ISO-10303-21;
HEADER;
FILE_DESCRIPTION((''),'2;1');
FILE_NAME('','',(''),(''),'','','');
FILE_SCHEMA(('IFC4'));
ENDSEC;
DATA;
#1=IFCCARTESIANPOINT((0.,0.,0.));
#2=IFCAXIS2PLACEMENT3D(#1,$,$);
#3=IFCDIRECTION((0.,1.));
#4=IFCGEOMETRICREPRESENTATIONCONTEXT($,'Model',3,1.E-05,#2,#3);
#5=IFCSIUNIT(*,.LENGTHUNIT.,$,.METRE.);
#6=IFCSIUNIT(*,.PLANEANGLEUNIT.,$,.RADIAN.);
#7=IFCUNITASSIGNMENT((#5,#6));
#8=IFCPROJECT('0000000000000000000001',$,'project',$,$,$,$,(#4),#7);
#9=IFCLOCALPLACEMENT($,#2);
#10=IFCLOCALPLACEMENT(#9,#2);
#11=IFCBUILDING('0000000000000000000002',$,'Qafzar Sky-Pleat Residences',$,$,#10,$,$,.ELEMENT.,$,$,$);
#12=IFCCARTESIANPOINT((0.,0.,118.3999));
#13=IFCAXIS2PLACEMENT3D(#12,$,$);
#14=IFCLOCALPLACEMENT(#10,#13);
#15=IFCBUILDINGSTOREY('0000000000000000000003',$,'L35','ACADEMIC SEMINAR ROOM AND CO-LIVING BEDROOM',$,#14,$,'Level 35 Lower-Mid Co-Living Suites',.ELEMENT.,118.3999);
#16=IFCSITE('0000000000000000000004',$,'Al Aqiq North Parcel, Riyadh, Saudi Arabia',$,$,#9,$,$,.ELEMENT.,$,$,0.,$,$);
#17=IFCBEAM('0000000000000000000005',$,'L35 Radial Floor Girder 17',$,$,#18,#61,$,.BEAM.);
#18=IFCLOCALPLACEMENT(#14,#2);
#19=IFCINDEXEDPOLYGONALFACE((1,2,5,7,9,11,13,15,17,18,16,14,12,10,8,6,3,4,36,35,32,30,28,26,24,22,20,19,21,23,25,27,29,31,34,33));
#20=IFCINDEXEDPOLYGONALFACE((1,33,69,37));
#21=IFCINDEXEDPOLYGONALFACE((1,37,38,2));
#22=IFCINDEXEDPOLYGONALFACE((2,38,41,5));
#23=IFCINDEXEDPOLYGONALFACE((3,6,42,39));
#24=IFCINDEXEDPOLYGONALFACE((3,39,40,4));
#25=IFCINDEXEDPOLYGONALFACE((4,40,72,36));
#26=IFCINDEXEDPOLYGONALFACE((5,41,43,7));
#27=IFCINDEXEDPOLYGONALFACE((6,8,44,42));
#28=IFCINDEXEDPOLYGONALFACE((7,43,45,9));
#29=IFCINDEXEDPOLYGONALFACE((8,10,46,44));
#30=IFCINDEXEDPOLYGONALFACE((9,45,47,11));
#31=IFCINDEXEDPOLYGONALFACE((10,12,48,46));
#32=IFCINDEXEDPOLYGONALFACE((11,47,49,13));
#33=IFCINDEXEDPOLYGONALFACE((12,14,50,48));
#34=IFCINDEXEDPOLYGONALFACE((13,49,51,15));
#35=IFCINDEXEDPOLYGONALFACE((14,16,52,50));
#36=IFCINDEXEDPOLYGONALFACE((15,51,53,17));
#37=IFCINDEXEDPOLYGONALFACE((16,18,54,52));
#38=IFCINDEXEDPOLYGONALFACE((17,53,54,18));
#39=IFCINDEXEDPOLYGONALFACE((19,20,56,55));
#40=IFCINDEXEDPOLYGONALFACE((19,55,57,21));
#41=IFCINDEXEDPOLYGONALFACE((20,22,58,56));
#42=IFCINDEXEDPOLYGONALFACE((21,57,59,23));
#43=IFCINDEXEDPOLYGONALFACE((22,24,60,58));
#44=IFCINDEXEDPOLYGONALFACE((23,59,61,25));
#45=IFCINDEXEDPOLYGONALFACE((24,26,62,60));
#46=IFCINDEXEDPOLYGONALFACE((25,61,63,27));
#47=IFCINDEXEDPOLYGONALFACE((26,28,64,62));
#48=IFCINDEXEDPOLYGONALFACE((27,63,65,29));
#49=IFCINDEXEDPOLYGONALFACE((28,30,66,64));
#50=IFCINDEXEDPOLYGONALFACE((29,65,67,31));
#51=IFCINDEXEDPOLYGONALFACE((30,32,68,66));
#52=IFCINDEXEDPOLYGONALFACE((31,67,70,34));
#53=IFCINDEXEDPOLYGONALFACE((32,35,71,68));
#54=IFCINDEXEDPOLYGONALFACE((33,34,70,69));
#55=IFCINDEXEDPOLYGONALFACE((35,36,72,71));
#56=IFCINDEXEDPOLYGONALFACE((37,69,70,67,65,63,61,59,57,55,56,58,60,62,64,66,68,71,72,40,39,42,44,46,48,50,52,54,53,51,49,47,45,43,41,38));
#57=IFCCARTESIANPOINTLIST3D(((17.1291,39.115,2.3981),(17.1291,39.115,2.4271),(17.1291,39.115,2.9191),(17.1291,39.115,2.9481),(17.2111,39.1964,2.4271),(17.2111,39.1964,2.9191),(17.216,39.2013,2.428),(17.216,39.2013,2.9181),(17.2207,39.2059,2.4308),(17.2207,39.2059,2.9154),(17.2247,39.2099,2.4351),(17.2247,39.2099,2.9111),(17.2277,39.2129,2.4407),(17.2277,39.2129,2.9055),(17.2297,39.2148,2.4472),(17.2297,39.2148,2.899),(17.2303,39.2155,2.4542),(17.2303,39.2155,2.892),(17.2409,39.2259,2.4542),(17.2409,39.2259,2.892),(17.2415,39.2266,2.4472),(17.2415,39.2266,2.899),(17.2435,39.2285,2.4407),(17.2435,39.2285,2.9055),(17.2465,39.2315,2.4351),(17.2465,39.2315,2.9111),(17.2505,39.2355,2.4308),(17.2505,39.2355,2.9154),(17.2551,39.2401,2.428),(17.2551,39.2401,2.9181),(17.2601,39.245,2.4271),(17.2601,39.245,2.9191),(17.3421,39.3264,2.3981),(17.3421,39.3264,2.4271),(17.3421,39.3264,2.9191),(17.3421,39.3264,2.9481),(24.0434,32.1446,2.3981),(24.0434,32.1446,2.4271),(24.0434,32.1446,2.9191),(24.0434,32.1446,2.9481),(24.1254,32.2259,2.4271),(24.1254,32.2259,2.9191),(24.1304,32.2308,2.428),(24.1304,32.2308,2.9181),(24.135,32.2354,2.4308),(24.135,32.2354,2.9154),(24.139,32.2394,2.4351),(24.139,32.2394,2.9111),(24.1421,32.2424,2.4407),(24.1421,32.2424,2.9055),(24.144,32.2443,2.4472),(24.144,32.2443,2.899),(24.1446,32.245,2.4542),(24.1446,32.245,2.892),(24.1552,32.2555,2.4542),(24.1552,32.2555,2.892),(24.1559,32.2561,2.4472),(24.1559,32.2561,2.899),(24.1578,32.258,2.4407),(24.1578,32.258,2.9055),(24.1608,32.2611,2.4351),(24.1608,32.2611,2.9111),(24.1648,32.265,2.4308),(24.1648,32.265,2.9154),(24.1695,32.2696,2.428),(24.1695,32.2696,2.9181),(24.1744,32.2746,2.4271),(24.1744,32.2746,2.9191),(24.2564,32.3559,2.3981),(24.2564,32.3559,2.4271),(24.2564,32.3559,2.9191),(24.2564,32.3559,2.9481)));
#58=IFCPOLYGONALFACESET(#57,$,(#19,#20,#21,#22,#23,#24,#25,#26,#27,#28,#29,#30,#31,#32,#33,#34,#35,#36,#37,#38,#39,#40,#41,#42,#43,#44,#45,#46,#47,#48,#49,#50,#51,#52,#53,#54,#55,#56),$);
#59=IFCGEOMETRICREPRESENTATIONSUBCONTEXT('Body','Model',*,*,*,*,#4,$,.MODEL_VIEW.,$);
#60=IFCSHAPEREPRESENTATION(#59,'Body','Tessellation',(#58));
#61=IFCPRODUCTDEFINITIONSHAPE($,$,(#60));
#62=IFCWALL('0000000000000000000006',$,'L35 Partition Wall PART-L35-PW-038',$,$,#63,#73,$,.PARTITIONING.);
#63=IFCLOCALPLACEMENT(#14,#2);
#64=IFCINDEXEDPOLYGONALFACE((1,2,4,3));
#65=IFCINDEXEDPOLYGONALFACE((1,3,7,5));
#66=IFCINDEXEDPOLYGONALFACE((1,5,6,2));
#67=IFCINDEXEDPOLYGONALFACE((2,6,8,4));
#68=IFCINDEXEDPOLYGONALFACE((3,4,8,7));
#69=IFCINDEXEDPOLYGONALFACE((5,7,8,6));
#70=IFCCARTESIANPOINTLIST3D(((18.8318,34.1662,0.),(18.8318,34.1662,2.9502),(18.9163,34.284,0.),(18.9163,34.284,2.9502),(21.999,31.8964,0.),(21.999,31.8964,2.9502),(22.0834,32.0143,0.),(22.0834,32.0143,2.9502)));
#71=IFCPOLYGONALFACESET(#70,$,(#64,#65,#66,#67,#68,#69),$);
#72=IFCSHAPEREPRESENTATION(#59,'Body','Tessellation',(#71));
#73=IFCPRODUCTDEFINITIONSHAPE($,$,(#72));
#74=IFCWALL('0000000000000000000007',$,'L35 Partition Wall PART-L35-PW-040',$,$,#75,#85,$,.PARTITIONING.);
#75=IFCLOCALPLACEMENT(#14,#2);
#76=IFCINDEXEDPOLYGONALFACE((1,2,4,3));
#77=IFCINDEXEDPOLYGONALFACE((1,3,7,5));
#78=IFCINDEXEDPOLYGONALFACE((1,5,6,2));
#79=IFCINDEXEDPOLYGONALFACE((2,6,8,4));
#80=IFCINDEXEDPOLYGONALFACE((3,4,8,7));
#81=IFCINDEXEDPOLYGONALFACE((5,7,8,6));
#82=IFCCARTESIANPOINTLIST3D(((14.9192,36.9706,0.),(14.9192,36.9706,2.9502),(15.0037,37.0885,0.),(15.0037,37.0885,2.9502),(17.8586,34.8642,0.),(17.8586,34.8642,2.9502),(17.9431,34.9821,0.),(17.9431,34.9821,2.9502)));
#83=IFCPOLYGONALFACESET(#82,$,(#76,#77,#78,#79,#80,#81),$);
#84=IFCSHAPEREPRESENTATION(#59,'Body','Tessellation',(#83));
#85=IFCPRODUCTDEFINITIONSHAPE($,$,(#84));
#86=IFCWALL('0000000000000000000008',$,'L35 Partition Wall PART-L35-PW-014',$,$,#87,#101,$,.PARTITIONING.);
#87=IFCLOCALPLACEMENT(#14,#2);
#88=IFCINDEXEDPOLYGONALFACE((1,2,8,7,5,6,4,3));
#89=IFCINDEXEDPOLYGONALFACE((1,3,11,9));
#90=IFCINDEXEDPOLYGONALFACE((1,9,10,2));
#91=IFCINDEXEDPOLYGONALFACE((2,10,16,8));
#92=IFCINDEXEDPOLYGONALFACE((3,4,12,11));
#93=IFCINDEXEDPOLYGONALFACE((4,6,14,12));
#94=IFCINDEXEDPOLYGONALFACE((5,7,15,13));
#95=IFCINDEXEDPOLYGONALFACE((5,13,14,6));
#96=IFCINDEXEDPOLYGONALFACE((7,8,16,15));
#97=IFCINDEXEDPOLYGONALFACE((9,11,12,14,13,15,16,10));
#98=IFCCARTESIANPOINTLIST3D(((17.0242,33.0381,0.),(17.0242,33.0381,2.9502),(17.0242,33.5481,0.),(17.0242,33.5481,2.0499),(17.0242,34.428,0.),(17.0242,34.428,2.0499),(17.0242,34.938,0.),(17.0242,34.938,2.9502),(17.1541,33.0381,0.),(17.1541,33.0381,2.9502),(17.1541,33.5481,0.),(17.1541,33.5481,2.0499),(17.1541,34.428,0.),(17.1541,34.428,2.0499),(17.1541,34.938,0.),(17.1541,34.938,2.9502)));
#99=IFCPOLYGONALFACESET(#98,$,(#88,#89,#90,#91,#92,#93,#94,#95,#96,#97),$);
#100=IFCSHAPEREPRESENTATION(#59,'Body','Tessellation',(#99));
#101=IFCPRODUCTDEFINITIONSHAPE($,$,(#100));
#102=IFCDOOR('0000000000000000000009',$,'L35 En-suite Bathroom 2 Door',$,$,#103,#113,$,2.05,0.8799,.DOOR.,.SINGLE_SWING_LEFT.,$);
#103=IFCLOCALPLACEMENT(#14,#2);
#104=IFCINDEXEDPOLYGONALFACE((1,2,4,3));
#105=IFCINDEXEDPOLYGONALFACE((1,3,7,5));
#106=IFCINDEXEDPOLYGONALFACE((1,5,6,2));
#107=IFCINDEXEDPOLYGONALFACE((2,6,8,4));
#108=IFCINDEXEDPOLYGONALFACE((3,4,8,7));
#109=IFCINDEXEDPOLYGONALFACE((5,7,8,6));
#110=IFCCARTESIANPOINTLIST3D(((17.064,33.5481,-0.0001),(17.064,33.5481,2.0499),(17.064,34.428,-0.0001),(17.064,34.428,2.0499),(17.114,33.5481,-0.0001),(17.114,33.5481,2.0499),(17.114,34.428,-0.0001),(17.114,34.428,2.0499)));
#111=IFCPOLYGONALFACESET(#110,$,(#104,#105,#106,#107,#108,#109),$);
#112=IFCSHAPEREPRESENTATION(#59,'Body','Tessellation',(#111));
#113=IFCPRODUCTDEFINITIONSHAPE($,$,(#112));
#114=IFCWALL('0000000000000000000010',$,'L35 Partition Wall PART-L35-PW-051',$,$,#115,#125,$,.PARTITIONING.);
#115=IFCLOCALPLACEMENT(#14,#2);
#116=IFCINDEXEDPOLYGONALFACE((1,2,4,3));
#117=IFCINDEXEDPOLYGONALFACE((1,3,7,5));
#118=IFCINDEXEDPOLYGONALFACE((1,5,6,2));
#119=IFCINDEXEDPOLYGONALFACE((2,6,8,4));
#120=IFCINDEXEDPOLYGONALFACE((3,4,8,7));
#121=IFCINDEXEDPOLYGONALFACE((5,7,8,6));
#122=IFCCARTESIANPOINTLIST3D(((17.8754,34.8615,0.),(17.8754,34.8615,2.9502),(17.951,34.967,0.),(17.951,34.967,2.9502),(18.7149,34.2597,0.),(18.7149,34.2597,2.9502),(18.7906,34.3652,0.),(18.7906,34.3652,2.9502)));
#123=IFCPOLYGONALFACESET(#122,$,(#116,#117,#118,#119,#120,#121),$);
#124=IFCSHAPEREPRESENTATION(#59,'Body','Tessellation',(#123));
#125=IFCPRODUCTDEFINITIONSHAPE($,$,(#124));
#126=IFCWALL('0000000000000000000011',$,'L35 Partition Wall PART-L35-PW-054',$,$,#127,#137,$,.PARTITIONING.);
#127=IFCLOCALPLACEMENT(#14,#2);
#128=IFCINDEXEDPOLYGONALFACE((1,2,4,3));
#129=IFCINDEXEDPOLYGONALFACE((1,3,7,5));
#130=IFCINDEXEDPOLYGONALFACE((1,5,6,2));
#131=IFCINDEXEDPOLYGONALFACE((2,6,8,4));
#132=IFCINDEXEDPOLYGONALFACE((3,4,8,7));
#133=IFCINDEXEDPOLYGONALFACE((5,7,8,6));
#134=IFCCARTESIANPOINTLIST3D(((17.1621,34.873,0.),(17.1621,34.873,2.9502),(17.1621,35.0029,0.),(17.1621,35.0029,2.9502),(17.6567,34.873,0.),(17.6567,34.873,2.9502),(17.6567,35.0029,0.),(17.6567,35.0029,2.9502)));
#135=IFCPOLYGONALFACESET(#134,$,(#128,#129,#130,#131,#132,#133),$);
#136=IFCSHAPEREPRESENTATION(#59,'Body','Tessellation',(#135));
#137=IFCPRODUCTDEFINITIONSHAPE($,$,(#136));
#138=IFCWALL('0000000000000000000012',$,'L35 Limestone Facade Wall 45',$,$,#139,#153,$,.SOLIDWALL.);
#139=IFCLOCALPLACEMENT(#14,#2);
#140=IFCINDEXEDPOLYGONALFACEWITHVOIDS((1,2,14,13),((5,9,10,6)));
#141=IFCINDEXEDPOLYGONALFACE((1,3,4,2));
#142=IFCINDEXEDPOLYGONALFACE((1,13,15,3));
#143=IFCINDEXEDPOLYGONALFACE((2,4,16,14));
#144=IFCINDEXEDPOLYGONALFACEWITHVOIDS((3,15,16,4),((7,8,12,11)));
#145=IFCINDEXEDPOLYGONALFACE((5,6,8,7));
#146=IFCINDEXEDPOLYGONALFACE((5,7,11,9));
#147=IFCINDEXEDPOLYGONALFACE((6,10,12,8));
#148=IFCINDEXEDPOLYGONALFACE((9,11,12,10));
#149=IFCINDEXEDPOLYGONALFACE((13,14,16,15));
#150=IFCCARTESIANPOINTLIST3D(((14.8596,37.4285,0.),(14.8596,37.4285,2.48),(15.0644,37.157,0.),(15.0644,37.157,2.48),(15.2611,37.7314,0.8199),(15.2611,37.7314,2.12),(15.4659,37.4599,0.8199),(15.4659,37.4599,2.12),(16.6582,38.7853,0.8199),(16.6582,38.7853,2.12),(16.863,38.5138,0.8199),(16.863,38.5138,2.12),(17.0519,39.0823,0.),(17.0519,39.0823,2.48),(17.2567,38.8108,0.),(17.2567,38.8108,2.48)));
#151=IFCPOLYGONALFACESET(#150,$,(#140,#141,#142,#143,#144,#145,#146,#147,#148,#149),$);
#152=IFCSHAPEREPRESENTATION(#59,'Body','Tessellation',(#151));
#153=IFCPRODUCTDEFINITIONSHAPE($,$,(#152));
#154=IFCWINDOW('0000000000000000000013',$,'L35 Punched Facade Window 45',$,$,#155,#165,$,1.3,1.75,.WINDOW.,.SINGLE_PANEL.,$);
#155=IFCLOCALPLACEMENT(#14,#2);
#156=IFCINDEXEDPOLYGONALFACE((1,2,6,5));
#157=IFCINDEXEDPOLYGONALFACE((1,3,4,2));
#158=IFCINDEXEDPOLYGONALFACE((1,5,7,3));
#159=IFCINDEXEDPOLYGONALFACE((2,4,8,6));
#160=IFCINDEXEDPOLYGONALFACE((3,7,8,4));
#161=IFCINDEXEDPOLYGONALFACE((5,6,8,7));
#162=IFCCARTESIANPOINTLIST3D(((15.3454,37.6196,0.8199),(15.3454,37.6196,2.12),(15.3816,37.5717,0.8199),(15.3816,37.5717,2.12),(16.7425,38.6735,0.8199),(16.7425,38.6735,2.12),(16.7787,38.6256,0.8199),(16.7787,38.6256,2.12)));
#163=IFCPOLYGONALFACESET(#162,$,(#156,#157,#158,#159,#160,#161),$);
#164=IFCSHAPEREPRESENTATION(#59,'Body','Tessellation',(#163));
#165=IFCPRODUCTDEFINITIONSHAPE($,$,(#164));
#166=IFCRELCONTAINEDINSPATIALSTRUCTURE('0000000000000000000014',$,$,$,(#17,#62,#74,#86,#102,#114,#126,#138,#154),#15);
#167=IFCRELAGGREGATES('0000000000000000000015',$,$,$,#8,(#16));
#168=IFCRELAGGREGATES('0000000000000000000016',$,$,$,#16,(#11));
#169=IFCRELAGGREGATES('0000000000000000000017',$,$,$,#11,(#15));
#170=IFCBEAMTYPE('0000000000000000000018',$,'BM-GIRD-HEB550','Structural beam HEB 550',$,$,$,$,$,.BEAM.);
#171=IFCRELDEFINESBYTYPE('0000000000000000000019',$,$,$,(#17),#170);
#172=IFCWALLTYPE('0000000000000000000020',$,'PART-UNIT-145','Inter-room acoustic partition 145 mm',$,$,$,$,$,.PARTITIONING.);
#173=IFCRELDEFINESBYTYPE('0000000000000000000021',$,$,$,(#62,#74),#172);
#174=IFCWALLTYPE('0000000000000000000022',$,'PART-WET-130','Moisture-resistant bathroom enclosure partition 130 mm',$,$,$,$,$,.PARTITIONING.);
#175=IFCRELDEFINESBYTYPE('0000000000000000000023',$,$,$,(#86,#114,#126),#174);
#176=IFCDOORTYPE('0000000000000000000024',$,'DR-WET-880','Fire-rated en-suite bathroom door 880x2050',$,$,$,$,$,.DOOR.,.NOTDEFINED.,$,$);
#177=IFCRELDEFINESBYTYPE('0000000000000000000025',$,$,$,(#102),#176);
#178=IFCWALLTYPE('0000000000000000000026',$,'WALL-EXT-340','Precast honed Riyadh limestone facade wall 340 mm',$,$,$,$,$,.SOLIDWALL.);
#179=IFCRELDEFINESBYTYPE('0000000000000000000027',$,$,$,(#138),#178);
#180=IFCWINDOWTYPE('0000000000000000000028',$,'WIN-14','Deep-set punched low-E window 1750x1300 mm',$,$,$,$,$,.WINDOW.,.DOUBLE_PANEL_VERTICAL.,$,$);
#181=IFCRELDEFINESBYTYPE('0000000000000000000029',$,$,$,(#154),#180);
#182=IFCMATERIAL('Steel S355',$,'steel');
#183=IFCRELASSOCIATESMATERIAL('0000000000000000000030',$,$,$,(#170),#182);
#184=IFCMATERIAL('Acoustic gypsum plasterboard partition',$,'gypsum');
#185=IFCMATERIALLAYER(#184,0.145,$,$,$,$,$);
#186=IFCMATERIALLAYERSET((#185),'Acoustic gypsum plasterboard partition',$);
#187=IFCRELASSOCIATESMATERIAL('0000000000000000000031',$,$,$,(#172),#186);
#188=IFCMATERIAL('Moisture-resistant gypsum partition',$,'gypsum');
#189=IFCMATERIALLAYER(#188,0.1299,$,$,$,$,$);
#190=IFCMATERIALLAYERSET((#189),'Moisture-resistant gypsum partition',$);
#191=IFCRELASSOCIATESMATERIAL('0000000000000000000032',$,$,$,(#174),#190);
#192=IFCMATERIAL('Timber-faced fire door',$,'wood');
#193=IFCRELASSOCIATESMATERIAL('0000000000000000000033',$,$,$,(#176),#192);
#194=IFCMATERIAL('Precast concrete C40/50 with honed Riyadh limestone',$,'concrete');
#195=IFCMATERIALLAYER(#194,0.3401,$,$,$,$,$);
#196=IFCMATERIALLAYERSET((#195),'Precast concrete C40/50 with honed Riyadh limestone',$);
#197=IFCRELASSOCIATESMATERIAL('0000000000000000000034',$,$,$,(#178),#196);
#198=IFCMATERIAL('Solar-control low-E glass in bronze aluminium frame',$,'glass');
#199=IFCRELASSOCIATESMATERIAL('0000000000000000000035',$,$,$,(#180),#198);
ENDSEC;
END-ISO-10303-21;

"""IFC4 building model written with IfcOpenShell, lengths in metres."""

from ifc_helpers import new_model, si_unit, direction, frame, frame_2d, origin, origin_2d, place, context, subcontext, project, spatial, rectangle, i_section, extrude, source, transform, mapped, material, layer, layer_set, material_profile, profile_set, type_object, element, fill, save


model = new_model("IFC4")

# Units and contexts
model_context = context("Model", 3, precision=1e-05, world=origin(), true_north=direction((0.0, 1.0)))
body_context = subcontext(model_context, "Body", "Model", "MODEL_VIEW")
ifc_project = project(units=[si_unit("LENGTHUNIT", "METRE"), si_unit("PLANEANGLEUNIT", "RADIAN")], contexts=[model_context])

# Site, building, storey
site_placement = place(None, origin())
site = spatial("IfcSite", under=ifc_project, at=site_placement, Name="Al Aqiq North Parcel, Riyadh, Saudi Arabia", CompositionType="ELEMENT", RefElevation=0.0)
building_placement = place(site_placement, origin())
building = spatial("IfcBuilding", under=site, at=building_placement, Name="Qafzar Sky-Pleat Residences", CompositionType="ELEMENT")
storey_placement = place(building_placement, frame((0.0, 0.0, 118.3999)))
storey = spatial("IfcBuildingStorey", under=building, at=storey_placement, Name="L35", Description="ACADEMIC SEMINAR ROOM AND CO-LIVING BEDROOM", LongName="Level 35 Lower-Mid Co-Living Suites", CompositionType="ELEMENT", Elevation=118.3999)

# Beam
ifc_material_1 = material(Name="Steel S355", Category="steel")
ifc_material_profile_1 = material_profile(ifc_material_1, i_section(OverallWidth=0.3, OverallDepth=0.55, WebThickness=0.0149, FlangeThickness=0.0291, FilletRadius=0.0271, at=origin_2d()), Name="HEB 550")
ifc_profile_set_1 = profile_set([ifc_material_profile_1], Name="Steel S355")
beam_type_1 = type_object("IfcBeamType", Name="BM-GIRD-HEB550", Description="Structural beam HEB 550", PredefinedType="BEAM", material=ifc_profile_set_1)
shared_shape_1 = source(origin(), body_context, "Body", "SweptSolid", [
    extrude(i_section(OverallWidth=0.3, OverallDepth=0.55, WebThickness=0.0149, FlangeThickness=0.0291, FilletRadius=0.0271, at=origin_2d()), origin(), (0.0, 0.0, 1.0), 9.8181),
])
beam_1_placement = place(storey_placement, frame((17.2356, 39.2207, 2.6731), z_axis=(0.704241, -0.709961, 0.0), x_axis=(0.709961, 0.704241, 0.0)))
element("IfcBeam", 1, at=beam_1_placement, inside=storey, type_object=beam_type_1, Name="L35 Radial Floor Girder 17", PredefinedType="BEAM", context=body_context, shape_type="MappedRepresentation", body=[
    mapped(shared_shape_1, transform((0.0, 0.0, 0.0), x_axis=(1.0, 0.0, 0.0), y_axis=(0.0, 1.0, 0.0), z_axis=(0.0, 0.0, 1.0), scale=1.0)),
])

# Walls
ifc_material_2 = material(Name="Acoustic gypsum plasterboard partition", Category="gypsum")
ifc_layer_1 = layer(ifc_material_2, 0.145)
ifc_layer_set_1 = layer_set([ifc_layer_1], Name="Acoustic gypsum plasterboard partition")
wall_type_1 = type_object("IfcWallType", Name="PART-UNIT-145", Description="Inter-room acoustic partition 145 mm", PredefinedType="PARTITIONING", material=ifc_layer_set_1)
wall_1_placement = place(storey_placement, frame((18.874, 34.2251, 0.0), z_axis=(0.0, 0.0, 1.0), x_axis=(0.812827, -0.582506, 0.0)))
element("IfcWall", 2, at=wall_1_placement, inside=storey, type_object=wall_type_1, Name="L35 Partition Wall PART-L35-PW-038", PredefinedType="PARTITIONING", context=body_context, shape_type="SweptSolid", body=[
    extrude(rectangle(XDim=3.8965, YDim=0.145, at=frame_2d((1.9482, 0.0))), origin(), (0.0, 0.0, 1.0), 2.9502),
])
wall_2_placement = place(storey_placement, frame((14.9614, 37.0295, 0.0), z_axis=(0.0, 0.0, 1.0), x_axis=(0.812838, -0.582489, 0.0)))
element("IfcWall", 3, at=wall_2_placement, inside=storey, type_object=wall_type_1, Name="L35 Partition Wall PART-L35-PW-040", PredefinedType="PARTITIONING", context=body_context, shape_type="SweptSolid", body=[
    extrude(rectangle(XDim=3.6162, YDim=0.145, at=frame_2d((1.8081, 0.0))), origin(), (0.0, 0.0, 1.0), 2.9502),
])

# Wall, opening, door
ifc_material_3 = material(Name="Moisture-resistant gypsum partition", Category="gypsum")
ifc_layer_2 = layer(ifc_material_3, 0.1299)
ifc_layer_set_2 = layer_set([ifc_layer_2], Name="Moisture-resistant gypsum partition")
wall_type_2 = type_object("IfcWallType", Name="PART-WET-130", Description="Moisture-resistant bathroom enclosure partition 130 mm", PredefinedType="PARTITIONING", material=ifc_layer_set_2)
wall_3_placement = place(storey_placement, frame((17.0891, 34.938, 0.0), z_axis=(0.0, 0.0, 1.0), x_axis=(0.0, -1.0, 0.0)))
wall_3 = element("IfcWall", 4, at=wall_3_placement, inside=storey, type_object=wall_type_2, Name="L35 Partition Wall PART-L35-PW-014", PredefinedType="PARTITIONING", context=body_context, shape_type="SweptSolid", body=[
    extrude(rectangle(XDim=1.8999, YDim=0.1299, at=frame_2d((0.95, 0.0))), origin(), (0.0, 0.0, 1.0), 2.9502),
])
opening_1_placement = place(wall_3_placement, frame((0.51, 0.0, 0.0)))
opening_1 = element("IfcOpeningElement", 5, at=opening_1_placement, cuts=wall_3, PredefinedType="OPENING", context=body_context, shape_type="SweptSolid", body=[
    extrude(rectangle(XDim=0.8799, YDim=2.05, at=frame_2d((0.4399, 1.0249))), frame((0.0, 0.075, 0.0), z_axis=(0.0, -1.0, 0.0), x_axis=(1.0, 0.0, 0.0)), (0.0, 0.0, 1.0), 0.1499),
])
ifc_material_4 = material(Name="Timber-faced fire door", Category="wood")
door_type = type_object("IfcDoorType", Name="DR-WET-880", Description="Fire-rated en-suite bathroom door 880x2050", OperationType="NOTDEFINED", PredefinedType="DOOR", material=ifc_material_4)
shared_shape_2 = source(origin(), body_context, "Body", "SweptSolid", [
    extrude(rectangle(XDim=0.8799, YDim=2.05, at=frame_2d((0.4399, 1.0249))), frame((0.0, 0.0249, 0.0), z_axis=(0.0, -1.0, 0.0), x_axis=(1.0, 0.0, 0.0)), (0.0, 0.0, 1.0), 0.05),
])
door_placement = place(opening_1_placement, origin())
door = element("IfcDoor", 6, at=door_placement, inside=storey, type_object=door_type, Name="L35 En-suite Bathroom 2 Door", OperationType="SINGLE_SWING_LEFT", OverallHeight=2.05, OverallWidth=0.8799, PredefinedType="DOOR", context=body_context, shape_type="MappedRepresentation", body=[
    mapped(shared_shape_2, transform((0.0, 0.0, 0.0), x_axis=(1.0, 0.0, 0.0), y_axis=(0.0, 1.0, 0.0), z_axis=(0.0, 0.0, 1.0), scale=1.0)),
])
fill(opening_1, door)

# Walls
wall_4_placement = place(storey_placement, frame((17.9131, 34.9143, 0.0), z_axis=(0.0, 0.0, 1.0), x_axis=(0.812774, -0.582579, 0.0)))
element("IfcWall", 7, at=wall_4_placement, inside=storey, type_object=wall_type_2, Name="L35 Partition Wall PART-L35-PW-051", PredefinedType="PARTITIONING", context=body_context, shape_type="SweptSolid", body=[
    extrude(rectangle(XDim=1.033, YDim=0.1299, at=frame_2d((0.5166, 0.0))), origin(), (0.0, 0.0, 1.0), 2.9502),
])
wall_5_placement = place(storey_placement, frame((17.1621, 34.938, 0.0), z_axis=(0.0, 0.0, 1.0), x_axis=(1.0, 0.0, 0.0)))
element("IfcWall", 8, at=wall_5_placement, inside=storey, type_object=wall_type_2, Name="L35 Partition Wall PART-L35-PW-054", PredefinedType="PARTITIONING", context=body_context, shape_type="SweptSolid", body=[
    extrude(rectangle(XDim=0.4946, YDim=0.1299, at=frame_2d((0.2473, 0.0))), origin(), (0.0, 0.0, 1.0), 2.9502),
])

# Wall, opening, window
ifc_material_5 = material(Name="Precast concrete C40/50 with honed Riyadh limestone", Category="concrete")
ifc_layer_3 = layer(ifc_material_5, 0.3401)
ifc_layer_set_3 = layer_set([ifc_layer_3], Name="Precast concrete C40/50 with honed Riyadh limestone")
wall_type_3 = type_object("IfcWallType", Name="WALL-EXT-340", Description="Precast honed Riyadh limestone facade wall 340 mm", PredefinedType="SOLIDWALL", material=ifc_layer_set_3)
wall_6_placement = place(storey_placement, frame((17.1543, 38.9465, 0.0), z_axis=(0.0, 0.0, 1.0), x_axis=(-0.798333, -0.602217, 0.0)))
wall_6 = element("IfcWall", 9, at=wall_6_placement, inside=storey, type_object=wall_type_3, Name="L35 Limestone Facade Wall 45", PredefinedType="SOLIDWALL", context=body_context, shape_type="SweptSolid", body=[
    extrude(rectangle(XDim=2.7461, YDim=0.3401, at=frame_2d((1.373, 0.0))), origin(), (0.0, 0.0, 1.0), 2.48),
])
opening_2_placement = place(wall_6_placement, frame((0.4932, 0.0, 0.8201)))
opening_2 = element("IfcOpeningElement", 10, at=opening_2_placement, cuts=wall_6, PredefinedType="OPENING", context=body_context, shape_type="SweptSolid", body=[
    extrude(rectangle(XDim=1.75, YDim=1.3, at=frame_2d((0.875, 0.6499))), frame((0.0, 0.1802, 0.0), z_axis=(0.0, -1.0, 0.0), x_axis=(1.0, 0.0, 0.0)), (0.0, 0.0, 1.0), 0.3601),
])
ifc_material_6 = material(Name="Solar-control low-E glass in bronze aluminium frame", Category="glass")
window_type_1 = type_object("IfcWindowType", Name="WIN-14", Description="Deep-set punched low-E window 1750x1300 mm", PartitioningType="DOUBLE_PANEL_VERTICAL", PredefinedType="WINDOW", material=ifc_material_6)
shared_shape_3 = source(origin(), body_context, "Body", "SweptSolid", [
    extrude(rectangle(XDim=1.75, YDim=1.3, at=frame_2d((0.875, 0.6499))), frame((0.0, 0.03, 0.0), z_axis=(0.0, -1.0, 0.0), x_axis=(1.0, 0.0, 0.0)), (0.0, 0.0, 1.0), 0.0601),
])
window_1_placement = place(opening_2_placement, origin())
window_1 = element("IfcWindow", 11, at=window_1_placement, inside=storey, type_object=window_type_1, Name="L35 Punched Facade Window 45", OverallHeight=1.3, OverallWidth=1.75, PartitioningType="SINGLE_PANEL", PredefinedType="WINDOW", context=body_context, shape_type="MappedRepresentation", body=[
    mapped(shared_shape_3, transform((0.0, 0.0, 0.0), x_axis=(1.0, 0.0, 0.0), y_axis=(0.0, 1.0, 0.0), z_axis=(0.0, 0.0, 1.0), scale=1.0)),
])
fill(opening_2, window_1)

save(model, "model.ifc")
